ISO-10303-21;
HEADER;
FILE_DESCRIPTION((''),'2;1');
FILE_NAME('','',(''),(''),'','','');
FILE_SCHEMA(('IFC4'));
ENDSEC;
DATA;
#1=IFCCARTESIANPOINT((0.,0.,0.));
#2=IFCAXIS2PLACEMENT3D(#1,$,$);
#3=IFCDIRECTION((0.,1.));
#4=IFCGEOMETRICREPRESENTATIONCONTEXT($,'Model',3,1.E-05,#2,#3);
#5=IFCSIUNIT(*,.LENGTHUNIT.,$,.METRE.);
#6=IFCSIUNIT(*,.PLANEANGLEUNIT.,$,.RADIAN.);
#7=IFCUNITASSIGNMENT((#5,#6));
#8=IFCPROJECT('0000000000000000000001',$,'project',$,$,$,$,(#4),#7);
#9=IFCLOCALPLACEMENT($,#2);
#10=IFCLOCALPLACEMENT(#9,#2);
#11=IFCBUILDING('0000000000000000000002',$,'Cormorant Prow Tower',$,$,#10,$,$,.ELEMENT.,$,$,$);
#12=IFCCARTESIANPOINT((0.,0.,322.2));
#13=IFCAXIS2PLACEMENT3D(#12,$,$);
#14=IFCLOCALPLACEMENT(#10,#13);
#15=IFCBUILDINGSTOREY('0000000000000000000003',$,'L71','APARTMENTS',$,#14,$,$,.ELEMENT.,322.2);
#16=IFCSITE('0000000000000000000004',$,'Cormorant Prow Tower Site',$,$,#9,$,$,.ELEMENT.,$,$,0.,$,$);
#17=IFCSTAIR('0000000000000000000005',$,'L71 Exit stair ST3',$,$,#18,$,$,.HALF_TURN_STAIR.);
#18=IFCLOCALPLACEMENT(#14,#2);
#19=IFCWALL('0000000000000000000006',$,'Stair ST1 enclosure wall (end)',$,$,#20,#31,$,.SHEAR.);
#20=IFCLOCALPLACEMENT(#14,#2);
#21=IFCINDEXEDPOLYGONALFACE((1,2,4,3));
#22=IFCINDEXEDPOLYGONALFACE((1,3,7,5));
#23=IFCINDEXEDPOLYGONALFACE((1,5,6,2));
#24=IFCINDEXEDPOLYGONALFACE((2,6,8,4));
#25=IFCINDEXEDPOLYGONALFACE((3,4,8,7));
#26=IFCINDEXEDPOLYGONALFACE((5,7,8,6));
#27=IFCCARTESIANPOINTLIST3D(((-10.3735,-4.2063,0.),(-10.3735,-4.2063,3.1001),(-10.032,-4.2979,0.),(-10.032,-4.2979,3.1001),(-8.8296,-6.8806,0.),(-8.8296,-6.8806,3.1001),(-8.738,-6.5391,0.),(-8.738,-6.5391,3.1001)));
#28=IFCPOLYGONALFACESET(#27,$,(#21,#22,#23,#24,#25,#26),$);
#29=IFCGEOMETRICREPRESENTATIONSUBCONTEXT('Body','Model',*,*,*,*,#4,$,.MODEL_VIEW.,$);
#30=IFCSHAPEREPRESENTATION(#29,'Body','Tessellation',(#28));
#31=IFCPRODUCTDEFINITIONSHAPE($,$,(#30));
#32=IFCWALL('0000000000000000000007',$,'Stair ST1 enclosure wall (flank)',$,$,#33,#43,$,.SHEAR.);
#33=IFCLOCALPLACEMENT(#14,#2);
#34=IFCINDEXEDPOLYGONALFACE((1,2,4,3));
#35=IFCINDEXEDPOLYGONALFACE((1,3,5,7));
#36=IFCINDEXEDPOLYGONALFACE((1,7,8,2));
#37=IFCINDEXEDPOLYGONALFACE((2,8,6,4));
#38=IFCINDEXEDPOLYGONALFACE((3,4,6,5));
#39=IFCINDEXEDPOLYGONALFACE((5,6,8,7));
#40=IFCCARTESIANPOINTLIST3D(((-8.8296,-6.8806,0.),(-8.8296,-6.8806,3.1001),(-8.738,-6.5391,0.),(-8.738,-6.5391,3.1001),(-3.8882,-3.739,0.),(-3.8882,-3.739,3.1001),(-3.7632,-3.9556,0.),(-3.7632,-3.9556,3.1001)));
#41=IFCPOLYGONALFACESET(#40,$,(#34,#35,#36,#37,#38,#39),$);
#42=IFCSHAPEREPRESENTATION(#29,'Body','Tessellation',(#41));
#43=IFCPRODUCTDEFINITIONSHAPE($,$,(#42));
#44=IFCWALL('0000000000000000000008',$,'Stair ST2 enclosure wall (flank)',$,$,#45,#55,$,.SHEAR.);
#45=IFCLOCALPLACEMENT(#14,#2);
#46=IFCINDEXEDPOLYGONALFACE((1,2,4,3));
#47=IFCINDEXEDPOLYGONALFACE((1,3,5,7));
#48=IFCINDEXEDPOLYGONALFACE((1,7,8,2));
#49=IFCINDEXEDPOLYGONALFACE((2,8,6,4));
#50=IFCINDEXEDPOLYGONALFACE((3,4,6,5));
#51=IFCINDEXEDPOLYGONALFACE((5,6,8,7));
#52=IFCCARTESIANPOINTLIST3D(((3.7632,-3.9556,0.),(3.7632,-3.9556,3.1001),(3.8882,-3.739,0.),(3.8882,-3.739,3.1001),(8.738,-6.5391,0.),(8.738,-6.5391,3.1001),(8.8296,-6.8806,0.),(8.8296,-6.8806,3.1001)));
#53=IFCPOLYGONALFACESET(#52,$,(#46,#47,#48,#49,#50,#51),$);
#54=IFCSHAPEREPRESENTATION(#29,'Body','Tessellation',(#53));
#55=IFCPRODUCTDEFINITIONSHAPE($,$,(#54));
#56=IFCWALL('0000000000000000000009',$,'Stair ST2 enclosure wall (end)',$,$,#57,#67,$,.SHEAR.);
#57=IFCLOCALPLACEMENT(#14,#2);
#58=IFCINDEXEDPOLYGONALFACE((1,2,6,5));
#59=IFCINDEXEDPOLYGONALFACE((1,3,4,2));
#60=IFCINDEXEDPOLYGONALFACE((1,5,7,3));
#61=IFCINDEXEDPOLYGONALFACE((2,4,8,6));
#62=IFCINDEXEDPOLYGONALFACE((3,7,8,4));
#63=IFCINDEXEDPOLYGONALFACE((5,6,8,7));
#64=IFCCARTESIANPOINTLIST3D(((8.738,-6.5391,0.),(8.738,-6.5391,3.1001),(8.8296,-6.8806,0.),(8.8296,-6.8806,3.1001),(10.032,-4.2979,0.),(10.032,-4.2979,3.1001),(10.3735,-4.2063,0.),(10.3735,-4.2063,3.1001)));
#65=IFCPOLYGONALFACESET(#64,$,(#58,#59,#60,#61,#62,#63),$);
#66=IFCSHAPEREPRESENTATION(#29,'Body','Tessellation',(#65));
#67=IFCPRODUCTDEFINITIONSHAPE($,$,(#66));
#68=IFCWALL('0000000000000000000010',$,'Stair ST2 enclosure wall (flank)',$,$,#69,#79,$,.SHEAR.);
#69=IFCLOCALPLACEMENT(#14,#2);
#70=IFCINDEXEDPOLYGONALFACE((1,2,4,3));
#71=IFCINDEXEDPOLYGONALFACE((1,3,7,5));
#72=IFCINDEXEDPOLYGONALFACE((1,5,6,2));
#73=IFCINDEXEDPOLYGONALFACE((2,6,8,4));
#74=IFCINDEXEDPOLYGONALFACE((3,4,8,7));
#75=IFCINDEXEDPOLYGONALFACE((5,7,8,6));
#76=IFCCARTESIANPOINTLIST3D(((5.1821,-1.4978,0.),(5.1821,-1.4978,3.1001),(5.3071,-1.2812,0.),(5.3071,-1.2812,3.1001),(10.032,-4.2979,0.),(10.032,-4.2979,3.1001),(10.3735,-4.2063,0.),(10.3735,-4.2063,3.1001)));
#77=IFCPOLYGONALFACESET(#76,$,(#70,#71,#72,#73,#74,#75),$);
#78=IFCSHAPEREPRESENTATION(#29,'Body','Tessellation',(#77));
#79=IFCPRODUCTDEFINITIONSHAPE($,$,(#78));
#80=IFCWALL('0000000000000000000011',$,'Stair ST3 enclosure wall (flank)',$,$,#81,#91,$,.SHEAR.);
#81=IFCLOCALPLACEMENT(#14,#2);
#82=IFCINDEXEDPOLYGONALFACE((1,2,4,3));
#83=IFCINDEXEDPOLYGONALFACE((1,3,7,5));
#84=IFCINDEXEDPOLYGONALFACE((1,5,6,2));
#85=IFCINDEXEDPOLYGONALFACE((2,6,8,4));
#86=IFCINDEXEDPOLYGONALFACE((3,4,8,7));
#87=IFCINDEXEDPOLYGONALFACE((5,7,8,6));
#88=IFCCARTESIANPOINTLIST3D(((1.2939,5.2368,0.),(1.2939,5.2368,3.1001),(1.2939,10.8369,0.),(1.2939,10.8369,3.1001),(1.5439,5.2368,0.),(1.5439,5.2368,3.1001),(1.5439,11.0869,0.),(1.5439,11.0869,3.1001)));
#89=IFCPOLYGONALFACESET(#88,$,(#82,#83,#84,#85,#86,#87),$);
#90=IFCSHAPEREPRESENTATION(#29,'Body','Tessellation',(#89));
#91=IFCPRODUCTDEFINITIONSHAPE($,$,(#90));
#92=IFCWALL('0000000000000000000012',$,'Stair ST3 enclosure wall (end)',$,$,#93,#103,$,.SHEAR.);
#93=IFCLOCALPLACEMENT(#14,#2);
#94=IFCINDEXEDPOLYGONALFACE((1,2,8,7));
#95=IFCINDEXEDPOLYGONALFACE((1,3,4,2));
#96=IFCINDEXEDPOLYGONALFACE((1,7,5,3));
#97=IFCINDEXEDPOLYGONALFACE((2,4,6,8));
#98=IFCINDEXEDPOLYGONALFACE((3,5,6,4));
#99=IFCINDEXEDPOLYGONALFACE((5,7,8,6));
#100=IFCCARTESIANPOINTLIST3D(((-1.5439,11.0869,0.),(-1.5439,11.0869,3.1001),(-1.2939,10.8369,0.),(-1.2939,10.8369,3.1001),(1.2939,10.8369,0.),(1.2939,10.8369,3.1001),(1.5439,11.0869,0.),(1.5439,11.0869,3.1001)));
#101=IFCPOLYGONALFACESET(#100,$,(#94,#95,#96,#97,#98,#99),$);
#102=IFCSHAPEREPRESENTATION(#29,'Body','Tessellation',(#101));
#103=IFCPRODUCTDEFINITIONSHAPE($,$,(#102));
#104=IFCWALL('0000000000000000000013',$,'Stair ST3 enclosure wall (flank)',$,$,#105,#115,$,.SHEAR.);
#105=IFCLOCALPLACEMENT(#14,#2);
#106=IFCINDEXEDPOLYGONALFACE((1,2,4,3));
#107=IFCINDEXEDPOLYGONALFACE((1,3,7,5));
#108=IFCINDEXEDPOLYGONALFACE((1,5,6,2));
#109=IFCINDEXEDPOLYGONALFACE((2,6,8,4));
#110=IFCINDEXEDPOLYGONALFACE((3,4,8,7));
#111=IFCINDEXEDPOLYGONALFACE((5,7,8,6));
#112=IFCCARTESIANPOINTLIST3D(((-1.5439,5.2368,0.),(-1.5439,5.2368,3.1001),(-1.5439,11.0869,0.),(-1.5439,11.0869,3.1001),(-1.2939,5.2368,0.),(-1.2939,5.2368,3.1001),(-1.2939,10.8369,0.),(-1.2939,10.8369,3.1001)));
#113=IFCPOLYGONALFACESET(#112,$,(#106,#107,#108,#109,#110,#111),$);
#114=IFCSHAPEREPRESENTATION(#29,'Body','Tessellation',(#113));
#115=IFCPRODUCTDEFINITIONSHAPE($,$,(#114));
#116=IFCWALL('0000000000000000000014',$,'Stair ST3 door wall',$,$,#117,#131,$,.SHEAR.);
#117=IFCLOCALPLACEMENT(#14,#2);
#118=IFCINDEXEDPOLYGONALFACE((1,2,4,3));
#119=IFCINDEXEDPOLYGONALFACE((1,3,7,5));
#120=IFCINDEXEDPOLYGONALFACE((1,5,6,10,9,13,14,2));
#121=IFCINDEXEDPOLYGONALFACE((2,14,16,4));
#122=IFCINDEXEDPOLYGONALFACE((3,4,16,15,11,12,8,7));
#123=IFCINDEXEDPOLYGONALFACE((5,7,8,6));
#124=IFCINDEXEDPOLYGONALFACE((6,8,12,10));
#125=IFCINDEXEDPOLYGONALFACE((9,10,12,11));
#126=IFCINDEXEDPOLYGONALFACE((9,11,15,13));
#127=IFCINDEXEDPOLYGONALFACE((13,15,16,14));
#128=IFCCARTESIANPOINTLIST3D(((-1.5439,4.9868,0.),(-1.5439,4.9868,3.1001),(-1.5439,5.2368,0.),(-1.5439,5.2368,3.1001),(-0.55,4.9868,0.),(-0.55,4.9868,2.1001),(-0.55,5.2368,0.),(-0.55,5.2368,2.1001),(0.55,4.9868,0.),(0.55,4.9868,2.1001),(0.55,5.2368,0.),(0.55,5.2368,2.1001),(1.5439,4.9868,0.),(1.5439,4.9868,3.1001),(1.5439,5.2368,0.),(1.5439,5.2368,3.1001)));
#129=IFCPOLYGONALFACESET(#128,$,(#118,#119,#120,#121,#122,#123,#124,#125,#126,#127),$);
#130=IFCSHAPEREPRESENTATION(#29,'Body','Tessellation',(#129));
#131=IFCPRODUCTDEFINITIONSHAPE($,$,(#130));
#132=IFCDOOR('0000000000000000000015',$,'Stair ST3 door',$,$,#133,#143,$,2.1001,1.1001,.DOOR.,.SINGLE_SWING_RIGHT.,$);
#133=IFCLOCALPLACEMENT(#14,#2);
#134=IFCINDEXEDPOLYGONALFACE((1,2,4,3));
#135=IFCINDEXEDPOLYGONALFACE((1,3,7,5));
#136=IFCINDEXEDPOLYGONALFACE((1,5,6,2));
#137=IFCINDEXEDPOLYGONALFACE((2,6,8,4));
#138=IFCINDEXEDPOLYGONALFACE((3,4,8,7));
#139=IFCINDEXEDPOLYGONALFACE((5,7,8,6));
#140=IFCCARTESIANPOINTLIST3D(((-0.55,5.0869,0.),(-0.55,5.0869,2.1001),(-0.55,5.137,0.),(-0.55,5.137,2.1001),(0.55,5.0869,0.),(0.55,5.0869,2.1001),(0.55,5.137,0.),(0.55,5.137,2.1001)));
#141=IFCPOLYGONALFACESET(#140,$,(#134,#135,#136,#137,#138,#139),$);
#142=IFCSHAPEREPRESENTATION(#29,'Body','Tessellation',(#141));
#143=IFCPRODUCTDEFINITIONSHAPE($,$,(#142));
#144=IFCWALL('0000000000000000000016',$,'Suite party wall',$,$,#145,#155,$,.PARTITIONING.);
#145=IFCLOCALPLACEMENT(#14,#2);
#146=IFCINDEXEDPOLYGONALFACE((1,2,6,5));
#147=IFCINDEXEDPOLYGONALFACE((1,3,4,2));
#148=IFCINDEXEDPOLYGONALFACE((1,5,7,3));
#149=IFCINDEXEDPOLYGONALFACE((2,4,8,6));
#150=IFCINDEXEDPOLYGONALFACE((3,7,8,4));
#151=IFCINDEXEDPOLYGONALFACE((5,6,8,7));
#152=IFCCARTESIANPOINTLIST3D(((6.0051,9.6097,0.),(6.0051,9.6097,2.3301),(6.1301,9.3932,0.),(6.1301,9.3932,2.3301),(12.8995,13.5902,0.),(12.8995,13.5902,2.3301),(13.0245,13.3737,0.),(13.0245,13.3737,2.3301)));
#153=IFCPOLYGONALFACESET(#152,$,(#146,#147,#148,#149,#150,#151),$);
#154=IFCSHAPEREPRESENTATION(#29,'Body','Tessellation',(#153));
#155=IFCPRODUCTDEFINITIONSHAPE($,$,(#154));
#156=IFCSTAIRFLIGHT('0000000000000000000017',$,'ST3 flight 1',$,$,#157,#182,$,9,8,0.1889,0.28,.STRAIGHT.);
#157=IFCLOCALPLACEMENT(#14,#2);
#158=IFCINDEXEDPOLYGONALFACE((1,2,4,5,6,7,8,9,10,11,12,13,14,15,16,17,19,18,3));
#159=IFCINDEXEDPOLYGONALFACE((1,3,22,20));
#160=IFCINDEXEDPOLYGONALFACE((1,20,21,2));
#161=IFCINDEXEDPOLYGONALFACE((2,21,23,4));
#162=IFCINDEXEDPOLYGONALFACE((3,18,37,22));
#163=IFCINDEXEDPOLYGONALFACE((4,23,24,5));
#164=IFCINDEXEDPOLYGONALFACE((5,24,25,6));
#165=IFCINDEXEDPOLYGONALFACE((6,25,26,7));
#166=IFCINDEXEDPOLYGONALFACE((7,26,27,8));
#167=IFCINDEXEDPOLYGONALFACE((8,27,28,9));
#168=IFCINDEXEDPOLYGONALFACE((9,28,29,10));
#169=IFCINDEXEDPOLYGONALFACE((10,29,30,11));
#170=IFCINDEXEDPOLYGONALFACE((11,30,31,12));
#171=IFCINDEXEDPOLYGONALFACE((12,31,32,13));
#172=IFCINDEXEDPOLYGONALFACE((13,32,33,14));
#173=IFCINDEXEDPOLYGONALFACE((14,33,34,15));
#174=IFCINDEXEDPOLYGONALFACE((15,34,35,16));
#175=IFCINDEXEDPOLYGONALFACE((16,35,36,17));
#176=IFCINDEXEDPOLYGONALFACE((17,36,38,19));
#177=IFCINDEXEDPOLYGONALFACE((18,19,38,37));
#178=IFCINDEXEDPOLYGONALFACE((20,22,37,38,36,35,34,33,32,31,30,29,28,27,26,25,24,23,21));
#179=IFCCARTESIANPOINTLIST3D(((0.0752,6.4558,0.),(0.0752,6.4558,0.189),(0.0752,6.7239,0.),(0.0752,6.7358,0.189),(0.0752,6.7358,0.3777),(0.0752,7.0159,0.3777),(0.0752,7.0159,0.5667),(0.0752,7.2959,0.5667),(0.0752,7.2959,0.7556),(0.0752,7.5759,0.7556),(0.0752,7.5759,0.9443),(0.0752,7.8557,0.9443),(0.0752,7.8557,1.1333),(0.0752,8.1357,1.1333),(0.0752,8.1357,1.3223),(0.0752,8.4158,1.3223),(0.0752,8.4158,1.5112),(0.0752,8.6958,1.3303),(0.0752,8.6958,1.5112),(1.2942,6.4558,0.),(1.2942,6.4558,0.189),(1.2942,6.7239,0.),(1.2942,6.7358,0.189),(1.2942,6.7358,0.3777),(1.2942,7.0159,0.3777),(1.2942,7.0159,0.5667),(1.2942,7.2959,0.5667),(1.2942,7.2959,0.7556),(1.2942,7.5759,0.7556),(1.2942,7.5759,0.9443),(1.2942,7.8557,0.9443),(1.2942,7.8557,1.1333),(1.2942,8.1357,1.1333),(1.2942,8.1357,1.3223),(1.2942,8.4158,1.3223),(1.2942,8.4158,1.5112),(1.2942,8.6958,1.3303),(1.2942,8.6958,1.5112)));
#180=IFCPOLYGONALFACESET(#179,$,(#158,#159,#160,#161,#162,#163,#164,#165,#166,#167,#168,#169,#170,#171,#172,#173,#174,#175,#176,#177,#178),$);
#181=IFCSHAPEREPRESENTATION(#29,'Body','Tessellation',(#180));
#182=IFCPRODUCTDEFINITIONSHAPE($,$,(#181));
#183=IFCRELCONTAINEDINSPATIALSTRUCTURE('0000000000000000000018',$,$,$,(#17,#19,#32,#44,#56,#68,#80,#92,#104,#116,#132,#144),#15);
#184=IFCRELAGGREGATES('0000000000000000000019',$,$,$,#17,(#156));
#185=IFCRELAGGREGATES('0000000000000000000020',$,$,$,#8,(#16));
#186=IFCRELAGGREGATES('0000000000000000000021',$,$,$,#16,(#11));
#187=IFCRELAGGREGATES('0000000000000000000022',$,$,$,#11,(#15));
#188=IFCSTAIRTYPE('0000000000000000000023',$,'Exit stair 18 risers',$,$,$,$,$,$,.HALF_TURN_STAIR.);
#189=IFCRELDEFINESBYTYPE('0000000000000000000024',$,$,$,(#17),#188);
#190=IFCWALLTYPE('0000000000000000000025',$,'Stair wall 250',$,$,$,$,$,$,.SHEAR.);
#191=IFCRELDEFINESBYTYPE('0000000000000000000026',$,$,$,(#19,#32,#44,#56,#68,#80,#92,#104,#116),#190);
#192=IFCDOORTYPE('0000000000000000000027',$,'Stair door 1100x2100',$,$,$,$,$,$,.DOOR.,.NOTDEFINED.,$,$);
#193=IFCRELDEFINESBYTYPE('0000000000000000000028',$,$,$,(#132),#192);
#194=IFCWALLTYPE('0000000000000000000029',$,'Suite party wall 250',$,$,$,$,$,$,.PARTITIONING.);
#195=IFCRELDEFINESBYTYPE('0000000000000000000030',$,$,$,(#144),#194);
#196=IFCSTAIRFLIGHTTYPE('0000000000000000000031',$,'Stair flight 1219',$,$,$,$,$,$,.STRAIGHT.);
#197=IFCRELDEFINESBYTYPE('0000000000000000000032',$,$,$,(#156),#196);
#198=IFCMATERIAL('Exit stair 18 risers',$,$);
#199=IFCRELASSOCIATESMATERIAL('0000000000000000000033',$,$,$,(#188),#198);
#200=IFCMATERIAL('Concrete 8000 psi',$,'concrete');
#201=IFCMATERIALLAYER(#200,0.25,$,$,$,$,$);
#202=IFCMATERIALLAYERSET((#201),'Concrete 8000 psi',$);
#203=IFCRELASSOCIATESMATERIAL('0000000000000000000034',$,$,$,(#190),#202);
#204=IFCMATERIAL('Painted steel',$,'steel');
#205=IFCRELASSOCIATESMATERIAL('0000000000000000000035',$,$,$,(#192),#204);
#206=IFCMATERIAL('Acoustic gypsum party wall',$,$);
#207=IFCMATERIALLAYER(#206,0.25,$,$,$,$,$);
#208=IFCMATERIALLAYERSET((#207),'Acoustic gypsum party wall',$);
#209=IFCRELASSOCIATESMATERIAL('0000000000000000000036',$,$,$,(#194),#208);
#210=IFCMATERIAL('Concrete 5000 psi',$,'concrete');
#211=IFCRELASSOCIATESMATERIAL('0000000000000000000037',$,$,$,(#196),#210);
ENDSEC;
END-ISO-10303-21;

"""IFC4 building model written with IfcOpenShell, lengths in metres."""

from ifc_helpers import new_model, si_unit, direction, frame, frame_2d, origin, place, context, subcontext, project, spatial, polyline, rectangle, outline, extrude, material, layer, layer_set, type_object, element, fill, aggregate, save


model = new_model("IFC4")

# Units and contexts
model_context = context("Model", 3, precision=1e-05, world=origin(), true_north=direction((0.0, 1.0)))
body_context = subcontext(model_context, "Body", "Model", "MODEL_VIEW")
ifc_project = project(units=[si_unit("LENGTHUNIT", "METRE"), si_unit("PLANEANGLEUNIT", "RADIAN")], contexts=[model_context])

# Site, building, storey
site_placement = place(None, origin())
site = spatial("IfcSite", under=ifc_project, at=site_placement, Name="Cormorant Prow Tower Site", CompositionType="ELEMENT", RefElevation=0.0)
building_placement = place(site_placement, origin())
building = spatial("IfcBuilding", under=site, at=building_placement, Name="Cormorant Prow Tower", CompositionType="ELEMENT")
storey_placement = place(building_placement, frame((0.0, 0.0, 322.2)))
storey = spatial("IfcBuildingStorey", under=building, at=storey_placement, Name="L71", Description="APARTMENTS", CompositionType="ELEMENT", Elevation=322.2)

# Stair
ifc_material_1 = material(Name="Exit stair 18 risers")
stair_type = type_object("IfcStairType", Name="Exit stair 18 risers", PredefinedType="HALF_TURN_STAIR", material=ifc_material_1)
stair_1_placement = place(storey_placement, origin())
stair_1 = element("IfcStair", 1, at=stair_1_placement, inside=storey, type_object=stair_type, Name="L71 Exit stair ST3", PredefinedType="HALF_TURN_STAIR")

# Walls
ifc_material_2 = material(Name="Concrete 8000 psi", Category="concrete")
ifc_layer_1 = layer(ifc_material_2, 0.25)
ifc_layer_set_1 = layer_set([ifc_layer_1], Name="Concrete 8000 psi")
wall_type_1 = type_object("IfcWallType", Name="Stair wall 250", PredefinedType="SHEAR", material=ifc_layer_set_1)
wall_1_placement = place(storey_placement, origin())
element("IfcWall", 2, at=wall_1_placement, inside=storey, type_object=wall_type_1, Name="Stair ST1 enclosure wall (end)", PredefinedType="SHEAR", context=body_context, shape_type="SweptSolid", body=[
    extrude(outline(polyline([(-10.3735, -4.2063), (-8.8296, -6.8806), (-8.738, -6.5391), (-10.032, -4.2979), (-10.3735, -4.2063)])), origin(), (0.0, 0.0, 1.0), 3.1001),
])
wall_2_placement = place(storey_placement, origin())
element("IfcWall", 3, at=wall_2_placement, inside=storey, type_object=wall_type_1, Name="Stair ST1 enclosure wall (flank)", PredefinedType="SHEAR", context=body_context, shape_type="SweptSolid", body=[
    extrude(outline(polyline([(-8.738, -6.5391), (-8.8296, -6.8806), (-3.7632, -3.9556), (-3.8882, -3.739), (-8.738, -6.5391)])), origin(), (0.0, 0.0, 1.0), 3.1001),
])
wall_3_placement = place(storey_placement, origin())
element("IfcWall", 4, at=wall_3_placement, inside=storey, type_object=wall_type_1, Name="Stair ST2 enclosure wall (flank)", PredefinedType="SHEAR", context=body_context, shape_type="SweptSolid", body=[
    extrude(outline(polyline([(3.7632, -3.9556), (8.8296, -6.8806), (8.738, -6.5391), (3.8882, -3.739), (3.7632, -3.9556)])), origin(), (0.0, 0.0, 1.0), 3.1001),
])
wall_4_placement = place(storey_placement, origin())
element("IfcWall", 5, at=wall_4_placement, inside=storey, type_object=wall_type_1, Name="Stair ST2 enclosure wall (end)", PredefinedType="SHEAR", context=body_context, shape_type="SweptSolid", body=[
    extrude(outline(polyline([(8.8296, -6.8806), (10.3735, -4.2063), (10.032, -4.2979), (8.738, -6.5391), (8.8296, -6.8806)])), origin(), (0.0, 0.0, 1.0), 3.1001),
])
wall_5_placement = place(storey_placement, origin())
element("IfcWall", 6, at=wall_5_placement, inside=storey, type_object=wall_type_1, Name="Stair ST2 enclosure wall (flank)", PredefinedType="SHEAR", context=body_context, shape_type="SweptSolid", body=[
    extrude(outline(polyline([(10.032, -4.2979), (10.3735, -4.2063), (5.3071, -1.2812), (5.1821, -1.4978), (10.032, -4.2979)])), origin(), (0.0, 0.0, 1.0), 3.1001),
])
wall_6_placement = place(storey_placement, origin())
element("IfcWall", 7, at=wall_6_placement, inside=storey, type_object=wall_type_1, Name="Stair ST3 enclosure wall (flank)", PredefinedType="SHEAR", context=body_context, shape_type="SweptSolid", body=[
    extrude(outline(polyline([(1.5439, 5.2368), (1.5439, 11.0869), (1.2939, 10.8369), (1.2939, 5.2368), (1.5439, 5.2368)])), origin(), (0.0, 0.0, 1.0), 3.1001),
])
wall_7_placement = place(storey_placement, origin())
element("IfcWall", 8, at=wall_7_placement, inside=storey, type_object=wall_type_1, Name="Stair ST3 enclosure wall (end)", PredefinedType="SHEAR", context=body_context, shape_type="SweptSolid", body=[
    extrude(outline(polyline([(1.5439, 11.0869), (-1.5439, 11.0869), (-1.2939, 10.8369), (1.2939, 10.8369), (1.5439, 11.0869)])), origin(), (0.0, 0.0, 1.0), 3.1001),
])
wall_8_placement = place(storey_placement, origin())
element("IfcWall", 9, at=wall_8_placement, inside=storey, type_object=wall_type_1, Name="Stair ST3 enclosure wall (flank)", PredefinedType="SHEAR", context=body_context, shape_type="SweptSolid", body=[
    extrude(outline(polyline([(-1.2939, 10.8369), (-1.5439, 11.0869), (-1.5439, 5.2368), (-1.2939, 5.2368), (-1.2939, 10.8369)])), origin(), (0.0, 0.0, 1.0), 3.1001),
])

# Wall, opening, door
wall_9_placement = place(storey_placement, frame((1.5439, 5.1118, 0.0), z_axis=(0.0, 0.0, 1.0), x_axis=(-1.0, 0.0, 0.0)))
wall_9 = element("IfcWall", 10, at=wall_9_placement, inside=storey, type_object=wall_type_1, Name="Stair ST3 door wall", PredefinedType="SHEAR", context=body_context, shape_type="SweptSolid", body=[
    extrude(rectangle(XDim=3.0879, YDim=0.25, at=frame_2d((1.5439, 0.0))), origin(), (0.0, 0.0, 1.0), 3.1001),
])
opening_placement = place(wall_9_placement, frame((0.9939, 0.0, 0.0)))
opening = element("IfcOpeningElement", 11, at=opening_placement, cuts=wall_9, PredefinedType="OPENING", context=body_context, shape_type="SweptSolid", body=[
    extrude(rectangle(XDim=1.1001, YDim=2.1001, at=frame_2d((0.55, 1.05))), frame((0.0, 0.135, 0.0), z_axis=(0.0, -1.0, 0.0), x_axis=(1.0, 0.0, 0.0)), (0.0, 0.0, 1.0), 0.27),
])
ifc_material_3 = material(Name="Painted steel", Category="steel")
door_type = type_object("IfcDoorType", Name="Stair door 1100x2100", OperationType="NOTDEFINED", PredefinedType="DOOR", material=ifc_material_3)
door_placement = place(opening_placement, origin())
door = element("IfcDoor", 12, at=door_placement, inside=storey, type_object=door_type, Name="Stair ST3 door", OperationType="SINGLE_SWING_RIGHT", OverallHeight=2.1001, OverallWidth=1.1001, PredefinedType="DOOR", context=body_context, shape_type="SweptSolid", body=[
    extrude(rectangle(XDim=1.1001, YDim=2.1001, at=frame_2d((0.55, 1.05))), frame((0.0, 0.0249, 0.0), z_axis=(0.0, -1.0, 0.0), x_axis=(1.0, 0.0, 0.0)), (0.0, 0.0, 1.0), 0.05),
])
fill(opening, door)

# Wall
ifc_material_4 = material(Name="Acoustic gypsum party wall")
ifc_layer_2 = layer(ifc_material_4, 0.25)
ifc_layer_set_2 = layer_set([ifc_layer_2], Name="Acoustic gypsum party wall")
wall_type_2 = type_object("IfcWallType", Name="Suite party wall 250", PredefinedType="PARTITIONING", material=ifc_layer_set_2)
wall_10_placement = place(storey_placement, frame((6.0676, 9.5015, 0.0), z_axis=(0.0, 0.0, 1.0), x_axis=(0.866023, 0.500005, 0.0)))
element("IfcWall", 13, at=wall_10_placement, inside=storey, type_object=wall_type_2, Name="Suite party wall", PredefinedType="PARTITIONING", context=body_context, shape_type="SweptSolid", body=[
    extrude(rectangle(XDim=7.9609, YDim=0.25, at=frame_2d((3.9805, 0.0))), origin(), (0.0, 0.0, 1.0), 2.3301),
])

# Stair flight
ifc_material_5 = material(Name="Concrete 5000 psi", Category="concrete")
stair_flight_type = type_object("IfcStairFlightType", Name="Stair flight 1219", PredefinedType="STRAIGHT", material=ifc_material_5)
stair_flight_placement = place(storey_placement, frame((0.6846, 6.4558, 0.0), z_axis=(0.0, 0.0, 1.0), x_axis=(0.0, 1.0, 0.0)))
stair_flight = element("IfcStairFlight", 14, at=stair_flight_placement, type_object=stair_flight_type, Name="ST3 flight 1", NumberOfRisers=9, NumberOfTreads=8, PredefinedType="STRAIGHT", RiserHeight=0.1889, TreadLength=0.28, context=body_context, shape_type="SweptSolid", body=[
    extrude(outline(polyline([(0.0, 0.0), (0.0, 0.189), (0.28, 0.189), (0.28, 0.3777), (0.5601, 0.3777), (0.5601, 0.5667), (0.8401, 0.5667), (0.8401, 0.7556), (1.1201, 0.7556), (1.1201, 0.9443), (1.3999, 0.9443), (1.3999, 1.1333), (1.6799, 1.1333), (1.6799, 1.3223), (1.96, 1.3223), (1.96, 1.5112), (2.24, 1.5112), (2.24, 1.7), (2.24, 1.3303), (0.2681, 0.0), (0.0, 0.0)])), frame((0.0, 0.6094, 0.0), z_axis=(0.0, -1.0, 0.0), x_axis=(1.0, 0.0, 0.0)), (0.0, 0.0, 1.0), 1.219),
])
aggregate(stair_1, [stair_flight])

save(model, "model.ifc")
